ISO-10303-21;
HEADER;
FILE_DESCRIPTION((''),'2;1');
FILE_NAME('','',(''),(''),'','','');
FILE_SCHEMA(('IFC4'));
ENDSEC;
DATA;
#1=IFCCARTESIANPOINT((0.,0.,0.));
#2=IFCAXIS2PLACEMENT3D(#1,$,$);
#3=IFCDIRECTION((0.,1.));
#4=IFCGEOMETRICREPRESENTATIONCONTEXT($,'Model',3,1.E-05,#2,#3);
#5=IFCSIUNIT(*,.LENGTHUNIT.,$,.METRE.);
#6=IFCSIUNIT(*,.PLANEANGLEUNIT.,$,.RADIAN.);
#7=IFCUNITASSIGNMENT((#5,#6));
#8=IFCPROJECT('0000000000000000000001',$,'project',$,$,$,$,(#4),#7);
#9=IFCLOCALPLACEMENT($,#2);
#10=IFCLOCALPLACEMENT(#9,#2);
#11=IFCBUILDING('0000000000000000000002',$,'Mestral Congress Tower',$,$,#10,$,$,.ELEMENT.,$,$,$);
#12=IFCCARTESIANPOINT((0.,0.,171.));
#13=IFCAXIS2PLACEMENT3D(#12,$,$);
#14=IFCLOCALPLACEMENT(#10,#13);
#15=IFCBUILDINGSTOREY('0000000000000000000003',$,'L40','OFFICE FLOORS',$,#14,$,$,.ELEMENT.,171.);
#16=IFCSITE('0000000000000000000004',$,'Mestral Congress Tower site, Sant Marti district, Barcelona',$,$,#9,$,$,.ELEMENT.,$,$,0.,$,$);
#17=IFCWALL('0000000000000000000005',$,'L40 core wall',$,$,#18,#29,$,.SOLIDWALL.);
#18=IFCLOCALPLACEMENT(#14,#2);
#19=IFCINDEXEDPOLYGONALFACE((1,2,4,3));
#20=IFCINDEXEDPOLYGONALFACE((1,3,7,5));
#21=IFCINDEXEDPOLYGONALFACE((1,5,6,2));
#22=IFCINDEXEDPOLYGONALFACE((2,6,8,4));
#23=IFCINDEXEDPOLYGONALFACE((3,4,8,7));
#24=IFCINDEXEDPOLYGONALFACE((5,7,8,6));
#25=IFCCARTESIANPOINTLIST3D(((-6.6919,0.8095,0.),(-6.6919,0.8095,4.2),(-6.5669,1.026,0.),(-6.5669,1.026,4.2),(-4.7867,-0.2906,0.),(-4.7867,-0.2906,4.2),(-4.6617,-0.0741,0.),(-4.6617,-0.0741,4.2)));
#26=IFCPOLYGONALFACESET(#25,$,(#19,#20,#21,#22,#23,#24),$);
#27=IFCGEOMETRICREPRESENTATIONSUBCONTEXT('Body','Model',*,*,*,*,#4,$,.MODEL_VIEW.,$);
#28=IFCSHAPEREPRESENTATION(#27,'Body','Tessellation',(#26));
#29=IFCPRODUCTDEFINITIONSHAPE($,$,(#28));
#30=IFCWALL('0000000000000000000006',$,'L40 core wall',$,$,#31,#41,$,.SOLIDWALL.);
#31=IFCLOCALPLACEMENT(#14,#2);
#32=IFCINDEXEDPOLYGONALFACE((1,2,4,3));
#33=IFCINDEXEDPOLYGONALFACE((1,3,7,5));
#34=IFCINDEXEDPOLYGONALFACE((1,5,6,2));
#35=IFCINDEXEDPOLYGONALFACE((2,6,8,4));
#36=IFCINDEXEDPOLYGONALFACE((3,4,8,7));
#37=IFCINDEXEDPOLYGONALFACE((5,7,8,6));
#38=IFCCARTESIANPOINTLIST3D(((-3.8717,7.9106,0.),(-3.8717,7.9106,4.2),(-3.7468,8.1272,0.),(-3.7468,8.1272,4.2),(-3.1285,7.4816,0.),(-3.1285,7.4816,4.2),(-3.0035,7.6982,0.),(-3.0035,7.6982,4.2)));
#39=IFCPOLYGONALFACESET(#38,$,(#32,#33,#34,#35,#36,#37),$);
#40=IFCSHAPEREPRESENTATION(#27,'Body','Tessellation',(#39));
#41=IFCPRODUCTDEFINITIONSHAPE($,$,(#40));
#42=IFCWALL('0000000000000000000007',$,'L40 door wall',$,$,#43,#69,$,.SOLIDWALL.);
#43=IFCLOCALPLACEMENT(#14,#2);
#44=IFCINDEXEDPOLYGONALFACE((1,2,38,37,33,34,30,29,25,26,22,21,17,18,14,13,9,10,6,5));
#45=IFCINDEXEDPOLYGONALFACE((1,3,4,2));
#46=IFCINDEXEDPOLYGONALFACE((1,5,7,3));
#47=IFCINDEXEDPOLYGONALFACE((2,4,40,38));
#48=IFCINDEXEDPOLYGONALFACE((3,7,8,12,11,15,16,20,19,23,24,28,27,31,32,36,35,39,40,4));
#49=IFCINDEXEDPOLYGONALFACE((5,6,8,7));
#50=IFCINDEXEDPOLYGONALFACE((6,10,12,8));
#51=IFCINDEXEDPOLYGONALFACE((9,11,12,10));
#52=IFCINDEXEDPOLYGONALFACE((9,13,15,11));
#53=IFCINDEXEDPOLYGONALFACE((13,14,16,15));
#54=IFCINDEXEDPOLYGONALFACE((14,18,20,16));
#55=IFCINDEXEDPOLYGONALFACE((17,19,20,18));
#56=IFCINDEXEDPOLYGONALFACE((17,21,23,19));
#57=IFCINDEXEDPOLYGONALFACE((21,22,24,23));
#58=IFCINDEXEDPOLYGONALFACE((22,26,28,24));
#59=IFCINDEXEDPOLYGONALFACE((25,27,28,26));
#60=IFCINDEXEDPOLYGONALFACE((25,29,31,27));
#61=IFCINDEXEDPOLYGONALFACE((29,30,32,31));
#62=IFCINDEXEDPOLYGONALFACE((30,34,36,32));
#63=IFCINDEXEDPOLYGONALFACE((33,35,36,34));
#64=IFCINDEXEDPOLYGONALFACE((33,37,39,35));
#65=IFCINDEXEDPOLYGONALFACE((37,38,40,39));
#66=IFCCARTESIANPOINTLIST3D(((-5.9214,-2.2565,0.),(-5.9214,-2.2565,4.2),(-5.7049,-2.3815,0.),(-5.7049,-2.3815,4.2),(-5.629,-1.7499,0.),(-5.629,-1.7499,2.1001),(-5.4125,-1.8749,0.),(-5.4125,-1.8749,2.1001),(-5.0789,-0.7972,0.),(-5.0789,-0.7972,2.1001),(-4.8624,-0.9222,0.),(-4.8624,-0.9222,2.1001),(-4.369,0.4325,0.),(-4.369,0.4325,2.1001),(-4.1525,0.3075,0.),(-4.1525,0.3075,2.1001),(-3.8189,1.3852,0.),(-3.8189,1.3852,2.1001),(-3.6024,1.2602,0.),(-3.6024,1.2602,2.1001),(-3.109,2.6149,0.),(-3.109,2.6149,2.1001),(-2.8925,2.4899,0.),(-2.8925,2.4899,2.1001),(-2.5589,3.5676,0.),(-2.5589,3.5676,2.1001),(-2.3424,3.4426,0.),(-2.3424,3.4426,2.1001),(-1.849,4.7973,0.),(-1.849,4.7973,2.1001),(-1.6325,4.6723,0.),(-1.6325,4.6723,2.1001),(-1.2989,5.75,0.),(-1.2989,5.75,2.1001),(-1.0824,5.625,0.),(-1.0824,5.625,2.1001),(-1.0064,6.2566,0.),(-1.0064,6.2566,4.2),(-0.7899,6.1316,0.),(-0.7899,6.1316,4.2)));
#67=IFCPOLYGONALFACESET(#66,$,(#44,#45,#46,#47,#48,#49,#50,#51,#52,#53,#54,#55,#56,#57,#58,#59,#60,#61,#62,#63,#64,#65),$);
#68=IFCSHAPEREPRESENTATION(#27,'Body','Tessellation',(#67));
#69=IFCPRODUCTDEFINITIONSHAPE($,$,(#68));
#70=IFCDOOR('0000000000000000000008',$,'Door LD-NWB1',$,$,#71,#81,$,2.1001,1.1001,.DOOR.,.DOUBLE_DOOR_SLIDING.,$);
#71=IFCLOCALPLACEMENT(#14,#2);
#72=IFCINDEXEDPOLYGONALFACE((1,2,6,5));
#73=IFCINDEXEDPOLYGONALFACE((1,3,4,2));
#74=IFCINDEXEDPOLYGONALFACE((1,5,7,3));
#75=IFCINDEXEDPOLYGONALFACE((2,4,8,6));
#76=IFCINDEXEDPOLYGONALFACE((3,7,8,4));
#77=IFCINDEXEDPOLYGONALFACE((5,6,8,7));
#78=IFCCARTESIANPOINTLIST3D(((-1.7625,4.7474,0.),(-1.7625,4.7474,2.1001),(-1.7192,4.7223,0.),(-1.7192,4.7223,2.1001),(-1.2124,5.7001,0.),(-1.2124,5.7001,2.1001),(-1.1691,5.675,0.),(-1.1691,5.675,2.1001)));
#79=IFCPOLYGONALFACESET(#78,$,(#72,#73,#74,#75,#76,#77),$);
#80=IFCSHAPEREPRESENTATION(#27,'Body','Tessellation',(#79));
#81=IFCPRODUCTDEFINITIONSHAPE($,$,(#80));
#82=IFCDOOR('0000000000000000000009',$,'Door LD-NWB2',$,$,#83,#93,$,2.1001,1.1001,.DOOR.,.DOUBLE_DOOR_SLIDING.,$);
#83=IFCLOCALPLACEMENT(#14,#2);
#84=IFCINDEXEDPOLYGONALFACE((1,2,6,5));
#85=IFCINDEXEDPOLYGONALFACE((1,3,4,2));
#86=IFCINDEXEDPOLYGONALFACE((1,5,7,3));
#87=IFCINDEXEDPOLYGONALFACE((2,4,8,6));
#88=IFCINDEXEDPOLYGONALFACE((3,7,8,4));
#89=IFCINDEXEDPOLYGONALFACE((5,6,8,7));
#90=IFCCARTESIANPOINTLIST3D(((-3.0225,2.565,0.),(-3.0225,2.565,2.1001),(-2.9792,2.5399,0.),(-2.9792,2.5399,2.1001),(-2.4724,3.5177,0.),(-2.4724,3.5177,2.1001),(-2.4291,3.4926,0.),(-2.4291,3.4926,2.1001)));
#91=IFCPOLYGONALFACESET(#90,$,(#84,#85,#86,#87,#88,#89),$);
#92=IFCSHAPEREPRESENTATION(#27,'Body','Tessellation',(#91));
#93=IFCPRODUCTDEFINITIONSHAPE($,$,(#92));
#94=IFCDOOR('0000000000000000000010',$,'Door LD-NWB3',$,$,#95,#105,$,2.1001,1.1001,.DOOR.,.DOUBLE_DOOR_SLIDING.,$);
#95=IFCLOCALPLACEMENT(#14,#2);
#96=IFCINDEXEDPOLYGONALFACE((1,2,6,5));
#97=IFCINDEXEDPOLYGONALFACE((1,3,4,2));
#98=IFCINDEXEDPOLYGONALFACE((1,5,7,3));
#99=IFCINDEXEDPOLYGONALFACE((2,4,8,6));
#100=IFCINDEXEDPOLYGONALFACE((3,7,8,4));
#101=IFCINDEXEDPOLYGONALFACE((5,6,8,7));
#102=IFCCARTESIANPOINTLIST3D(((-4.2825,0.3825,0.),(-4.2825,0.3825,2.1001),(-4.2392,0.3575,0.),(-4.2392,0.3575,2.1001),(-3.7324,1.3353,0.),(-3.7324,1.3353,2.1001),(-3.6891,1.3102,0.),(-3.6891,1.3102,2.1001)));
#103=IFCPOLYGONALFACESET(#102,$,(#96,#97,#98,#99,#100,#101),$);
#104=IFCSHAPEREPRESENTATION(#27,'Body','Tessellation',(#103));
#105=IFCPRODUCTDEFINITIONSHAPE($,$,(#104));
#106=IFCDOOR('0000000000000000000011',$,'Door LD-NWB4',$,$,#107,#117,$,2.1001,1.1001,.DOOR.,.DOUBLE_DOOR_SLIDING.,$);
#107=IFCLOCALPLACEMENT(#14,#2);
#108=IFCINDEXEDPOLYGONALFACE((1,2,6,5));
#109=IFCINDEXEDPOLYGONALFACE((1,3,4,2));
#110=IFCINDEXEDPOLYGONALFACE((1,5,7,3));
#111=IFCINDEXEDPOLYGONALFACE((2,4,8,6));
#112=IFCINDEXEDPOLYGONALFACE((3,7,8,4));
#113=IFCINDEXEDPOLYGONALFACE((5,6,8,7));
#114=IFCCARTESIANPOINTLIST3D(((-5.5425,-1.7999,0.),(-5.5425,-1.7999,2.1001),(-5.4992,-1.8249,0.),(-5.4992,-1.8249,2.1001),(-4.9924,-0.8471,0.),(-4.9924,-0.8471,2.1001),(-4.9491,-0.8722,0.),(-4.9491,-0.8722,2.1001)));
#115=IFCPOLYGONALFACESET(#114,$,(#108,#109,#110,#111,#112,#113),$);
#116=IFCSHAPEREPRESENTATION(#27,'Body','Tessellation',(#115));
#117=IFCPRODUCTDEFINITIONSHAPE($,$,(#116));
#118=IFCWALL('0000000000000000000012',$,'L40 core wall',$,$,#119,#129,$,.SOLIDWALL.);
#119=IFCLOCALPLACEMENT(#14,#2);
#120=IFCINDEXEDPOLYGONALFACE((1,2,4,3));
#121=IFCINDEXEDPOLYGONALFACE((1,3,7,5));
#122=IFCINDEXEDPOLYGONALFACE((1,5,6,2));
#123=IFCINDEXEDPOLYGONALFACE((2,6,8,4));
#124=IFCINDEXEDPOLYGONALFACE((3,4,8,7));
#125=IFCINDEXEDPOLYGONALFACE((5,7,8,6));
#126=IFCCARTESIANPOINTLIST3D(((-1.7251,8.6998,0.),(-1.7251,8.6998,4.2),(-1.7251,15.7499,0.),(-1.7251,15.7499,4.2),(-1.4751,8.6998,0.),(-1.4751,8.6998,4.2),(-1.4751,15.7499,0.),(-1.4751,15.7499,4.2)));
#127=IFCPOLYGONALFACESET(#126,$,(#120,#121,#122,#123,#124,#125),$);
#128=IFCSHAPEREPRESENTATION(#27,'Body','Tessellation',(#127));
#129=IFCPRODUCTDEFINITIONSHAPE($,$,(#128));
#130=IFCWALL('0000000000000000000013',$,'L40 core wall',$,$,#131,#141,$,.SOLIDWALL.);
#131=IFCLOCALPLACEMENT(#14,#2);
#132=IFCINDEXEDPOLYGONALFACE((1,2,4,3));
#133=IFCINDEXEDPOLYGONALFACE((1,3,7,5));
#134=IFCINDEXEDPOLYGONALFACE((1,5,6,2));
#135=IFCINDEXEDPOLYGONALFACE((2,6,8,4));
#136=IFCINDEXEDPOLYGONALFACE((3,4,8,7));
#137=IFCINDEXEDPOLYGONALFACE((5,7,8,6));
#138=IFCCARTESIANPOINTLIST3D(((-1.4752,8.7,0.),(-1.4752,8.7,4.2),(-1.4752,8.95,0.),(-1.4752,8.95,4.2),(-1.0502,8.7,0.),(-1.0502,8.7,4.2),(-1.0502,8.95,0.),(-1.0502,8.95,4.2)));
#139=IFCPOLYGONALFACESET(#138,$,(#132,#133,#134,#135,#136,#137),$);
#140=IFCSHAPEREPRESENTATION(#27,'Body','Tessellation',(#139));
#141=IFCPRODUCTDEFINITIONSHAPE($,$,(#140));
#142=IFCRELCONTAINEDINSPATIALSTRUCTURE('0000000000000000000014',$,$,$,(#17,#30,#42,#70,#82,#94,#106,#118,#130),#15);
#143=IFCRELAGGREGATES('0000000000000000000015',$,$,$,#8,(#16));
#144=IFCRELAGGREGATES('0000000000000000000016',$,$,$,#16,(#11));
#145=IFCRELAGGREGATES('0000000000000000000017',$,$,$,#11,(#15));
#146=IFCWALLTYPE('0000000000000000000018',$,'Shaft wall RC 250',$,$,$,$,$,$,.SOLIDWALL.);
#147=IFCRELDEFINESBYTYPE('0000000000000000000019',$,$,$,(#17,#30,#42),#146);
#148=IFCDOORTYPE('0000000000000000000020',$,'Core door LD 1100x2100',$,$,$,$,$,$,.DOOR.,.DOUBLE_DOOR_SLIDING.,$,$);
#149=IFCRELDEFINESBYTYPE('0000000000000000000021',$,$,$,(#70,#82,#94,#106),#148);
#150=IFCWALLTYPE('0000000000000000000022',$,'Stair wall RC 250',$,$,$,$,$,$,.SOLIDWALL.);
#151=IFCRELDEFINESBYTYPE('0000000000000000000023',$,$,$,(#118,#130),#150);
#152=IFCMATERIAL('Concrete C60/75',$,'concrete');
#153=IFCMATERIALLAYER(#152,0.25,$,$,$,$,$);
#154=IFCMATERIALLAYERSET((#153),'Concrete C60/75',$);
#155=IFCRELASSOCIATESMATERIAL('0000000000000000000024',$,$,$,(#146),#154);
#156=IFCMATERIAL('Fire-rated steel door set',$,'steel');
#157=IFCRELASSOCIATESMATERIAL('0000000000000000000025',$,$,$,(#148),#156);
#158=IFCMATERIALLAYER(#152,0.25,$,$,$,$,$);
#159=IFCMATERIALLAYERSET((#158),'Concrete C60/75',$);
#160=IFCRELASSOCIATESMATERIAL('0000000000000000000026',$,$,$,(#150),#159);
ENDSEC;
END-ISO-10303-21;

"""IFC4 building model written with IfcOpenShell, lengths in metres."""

from ifc_helpers import new_model, si_unit, direction, frame, frame_2d, origin, place, context, subcontext, project, spatial, rectangle, extrude, material, layer, layer_set, type_object, element, fill, save


model = new_model("IFC4")

# Units and contexts
model_context = context("Model", 3, precision=1e-05, world=origin(), true_north=direction((0.0, 1.0)))
body_context = subcontext(model_context, "Body", "Model", "MODEL_VIEW")
ifc_project = project(units=[si_unit("LENGTHUNIT", "METRE"), si_unit("PLANEANGLEUNIT", "RADIAN")], contexts=[model_context])

# Site, building, storey
site_placement = place(None, origin())
site = spatial("IfcSite", under=ifc_project, at=site_placement, Name="Mestral Congress Tower site, Sant Marti district, Barcelona", CompositionType="ELEMENT", RefElevation=0.0)
building_placement = place(site_placement, origin())
building = spatial("IfcBuilding", under=site, at=building_placement, Name="Mestral Congress Tower", CompositionType="ELEMENT")
storey_placement = place(building_placement, frame((0.0, 0.0, 171.0)))
storey = spatial("IfcBuildingStorey", under=building, at=storey_placement, Name="L40", Description="OFFICE FLOORS", CompositionType="ELEMENT", Elevation=171.0)

# Shared definitions
ifc_material_1 = material(Name="Concrete C60/75", Category="concrete")

# Shared definitions
ifc_material_2 = material(Name="Fire-rated steel door set", Category="steel")

# Walls
ifc_layer_1 = layer(ifc_material_1, 0.25)
ifc_layer_set_1 = layer_set([ifc_layer_1], Name="Concrete C60/75")
wall_type_1 = type_object("IfcWallType", Name="Shaft wall RC 250", PredefinedType="SOLIDWALL", material=ifc_layer_set_1)
for number, where, z_axis, x_axis, name in (
    (1, (-4.7241, -0.1824, 0.0), (0.0, 0.0, 1.0), (-0.866008, 0.50003, 0.0), "L40 core wall"),
):
    element("IfcWall", number, at=place(storey_placement, frame(where, z_axis=z_axis, x_axis=x_axis)), inside=storey, type_object=wall_type_1, Name=name, PredefinedType="SOLIDWALL", context=body_context, shape_type="SweptSolid", body=[
        extrude(rectangle(XDim=2.2, YDim=0.25, at=frame_2d((1.1001, 0.0))), origin(), (0.0, 0.0, 1.0), 4.2),
    ])
wall_1_placement = place(storey_placement, frame((-3.0659, 7.5898, 0.0), z_axis=(0.0, 0.0, 1.0), x_axis=(-0.866081, 0.499903, 0.0)))
element("IfcWall", 2, at=wall_1_placement, inside=storey, type_object=wall_type_1, Name="L40 core wall", PredefinedType="SOLIDWALL", context=body_context, shape_type="SweptSolid", body=[
    extrude(rectangle(XDim=0.8582, YDim=0.25, at=frame_2d((0.4292, 0.0))), origin(), (0.0, 0.0, 1.0), 4.2),
])

# Wall, openings, doors
wall_2_placement = place(storey_placement, frame((-0.8982, 6.1941, 0.0), z_axis=(0.0, 0.0, 1.0), x_axis=(-0.499996, -0.866028, 0.0)))
wall_2 = element("IfcWall", 3, at=wall_2_placement, inside=storey, type_object=wall_type_1, Name="L40 door wall", PredefinedType="SOLIDWALL", context=body_context, shape_type="SweptSolid", body=[
    extrude(rectangle(XDim=9.8301, YDim=0.25, at=frame_2d((4.915, 0.0))), origin(), (0.0, 0.0, 1.0), 4.2),
])
opening_1_placement = place(wall_2_placement, frame((0.585, 0.0, 0.0)))
opening_1 = element("IfcOpeningElement", 4, at=opening_1_placement, cuts=wall_2, PredefinedType="OPENING", context=body_context, shape_type="SweptSolid", body=[
    extrude(rectangle(XDim=1.1001, YDim=2.1001, at=frame_2d((0.55, 1.05))), frame((0.0, 0.135, 0.0), z_axis=(0.0, -1.0, 0.0), x_axis=(1.0, 0.0, 0.0)), (0.0, 0.0, 1.0), 0.27),
])
opening_2_placement = place(wall_2_placement, frame((3.105, 0.0, 0.0)))
opening_2 = element("IfcOpeningElement", 5, at=opening_2_placement, cuts=wall_2, PredefinedType="OPENING", context=body_context, shape_type="SweptSolid", body=[
    extrude(rectangle(XDim=1.1001, YDim=2.1001, at=frame_2d((0.55, 1.05))), frame((0.0, 0.135, 0.0), z_axis=(0.0, -1.0, 0.0), x_axis=(1.0, 0.0, 0.0)), (0.0, 0.0, 1.0), 0.27),
])
opening_3_placement = place(wall_2_placement, frame((5.625, 0.0, 0.0)))
opening_3 = element("IfcOpeningElement", 6, at=opening_3_placement, cuts=wall_2, PredefinedType="OPENING", context=body_context, shape_type="SweptSolid", body=[
    extrude(rectangle(XDim=1.1001, YDim=2.1001, at=frame_2d((0.55, 1.05))), frame((0.0, 0.135, 0.0), z_axis=(0.0, -1.0, 0.0), x_axis=(1.0, 0.0, 0.0)), (0.0, 0.0, 1.0), 0.27),
])
opening_4_placement = place(wall_2_placement, frame((8.145, 0.0, 0.0)))
opening_4 = element("IfcOpeningElement", 7, at=opening_4_placement, cuts=wall_2, PredefinedType="OPENING", context=body_context, shape_type="SweptSolid", body=[
    extrude(rectangle(XDim=1.1001, YDim=2.1001, at=frame_2d((0.55, 1.05))), frame((0.0, 0.135, 0.0), z_axis=(0.0, -1.0, 0.0), x_axis=(1.0, 0.0, 0.0)), (0.0, 0.0, 1.0), 0.27),
])
door_type_1 = type_object("IfcDoorType", Name="Core door LD 1100x2100", OperationType="DOUBLE_DOOR_SLIDING", PredefinedType="DOOR", material=ifc_material_2)
door_1_placement = place(opening_1_placement, origin())
door_1 = element("IfcDoor", 8, at=door_1_placement, inside=storey, type_object=door_type_1, Name="Door LD-NWB1", OperationType="DOUBLE_DOOR_SLIDING", OverallHeight=2.1001, OverallWidth=1.1001, PredefinedType="DOOR", context=body_context, shape_type="SweptSolid", body=[
    extrude(rectangle(XDim=1.1001, YDim=2.1001, at=frame_2d((0.55, 1.05))), frame((0.0, 0.0249, 0.0), z_axis=(0.0, -1.0, 0.0), x_axis=(1.0, 0.0, 0.0)), (0.0, 0.0, 1.0), 0.05),
])
fill(opening_1, door_1)
door_2_placement = place(opening_2_placement, origin())
door_2 = element("IfcDoor", 9, at=door_2_placement, inside=storey, type_object=door_type_1, Name="Door LD-NWB2", OperationType="DOUBLE_DOOR_SLIDING", OverallHeight=2.1001, OverallWidth=1.1001, PredefinedType="DOOR", context=body_context, shape_type="SweptSolid", body=[
    extrude(rectangle(XDim=1.1001, YDim=2.1001, at=frame_2d((0.55, 1.05))), frame((0.0, 0.0249, 0.0), z_axis=(0.0, -1.0, 0.0), x_axis=(1.0, 0.0, 0.0)), (0.0, 0.0, 1.0), 0.05),
])
fill(opening_2, door_2)
door_3_placement = place(opening_3_placement, origin())
door_3 = element("IfcDoor", 10, at=door_3_placement, inside=storey, type_object=door_type_1, Name="Door LD-NWB3", OperationType="DOUBLE_DOOR_SLIDING", OverallHeight=2.1001, OverallWidth=1.1001, PredefinedType="DOOR", context=body_context, shape_type="SweptSolid", body=[
    extrude(rectangle(XDim=1.1001, YDim=2.1001, at=frame_2d((0.55, 1.05))), frame((0.0, 0.0249, 0.0), z_axis=(0.0, -1.0, 0.0), x_axis=(1.0, 0.0, 0.0)), (0.0, 0.0, 1.0), 0.05),
])
fill(opening_3, door_3)
door_4_placement = place(opening_4_placement, origin())
door_4 = element("IfcDoor", 11, at=door_4_placement, inside=storey, type_object=door_type_1, Name="Door LD-NWB4", OperationType="DOUBLE_DOOR_SLIDING", OverallHeight=2.1001, OverallWidth=1.1001, PredefinedType="DOOR", context=body_context, shape_type="SweptSolid", body=[
    extrude(rectangle(XDim=1.1001, YDim=2.1001, at=frame_2d((0.55, 1.05))), frame((0.0, 0.0249, 0.0), z_axis=(0.0, -1.0, 0.0), x_axis=(1.0, 0.0, 0.0)), (0.0, 0.0, 1.0), 0.05),
])
fill(opening_4, door_4)

# Walls
ifc_layer_2 = layer(ifc_material_1, 0.25)
ifc_layer_set_2 = layer_set([ifc_layer_2], Name="Concrete C60/75")
wall_type_2 = type_object("IfcWallType", Name="Stair wall RC 250", PredefinedType="SOLIDWALL", material=ifc_layer_set_2)
wall_3_placement = place(storey_placement, frame((-1.6001, 8.7, 0.0), z_axis=(0.0, 0.0, 1.0), x_axis=(0.0, 1.0, 0.0)))
element("IfcWall", 12, at=wall_3_placement, inside=storey, type_object=wall_type_2, Name="L40 core wall", PredefinedType="SOLIDWALL", context=body_context, shape_type="SweptSolid", body=[
    extrude(rectangle(XDim=7.05, YDim=0.25, at=frame_2d((3.5249, 0.0))), origin(), (0.0, 0.0, 1.0), 4.2),
])
wall_4_placement = place(storey_placement, frame((-1.4751, 8.825, 0.0), z_axis=(0.0, 0.0, 1.0), x_axis=(1.0, 0.0, 0.0)))
element("IfcWall", 13, at=wall_4_placement, inside=storey, type_object=wall_type_2, Name="L40 core wall", PredefinedType="SOLIDWALL", context=body_context, shape_type="SweptSolid", body=[
    extrude(rectangle(XDim=0.425, YDim=0.25, at=frame_2d((0.2124, 0.0))), origin(), (0.0, 0.0, 1.0), 4.2),
])

save(model, "model.ifc")
